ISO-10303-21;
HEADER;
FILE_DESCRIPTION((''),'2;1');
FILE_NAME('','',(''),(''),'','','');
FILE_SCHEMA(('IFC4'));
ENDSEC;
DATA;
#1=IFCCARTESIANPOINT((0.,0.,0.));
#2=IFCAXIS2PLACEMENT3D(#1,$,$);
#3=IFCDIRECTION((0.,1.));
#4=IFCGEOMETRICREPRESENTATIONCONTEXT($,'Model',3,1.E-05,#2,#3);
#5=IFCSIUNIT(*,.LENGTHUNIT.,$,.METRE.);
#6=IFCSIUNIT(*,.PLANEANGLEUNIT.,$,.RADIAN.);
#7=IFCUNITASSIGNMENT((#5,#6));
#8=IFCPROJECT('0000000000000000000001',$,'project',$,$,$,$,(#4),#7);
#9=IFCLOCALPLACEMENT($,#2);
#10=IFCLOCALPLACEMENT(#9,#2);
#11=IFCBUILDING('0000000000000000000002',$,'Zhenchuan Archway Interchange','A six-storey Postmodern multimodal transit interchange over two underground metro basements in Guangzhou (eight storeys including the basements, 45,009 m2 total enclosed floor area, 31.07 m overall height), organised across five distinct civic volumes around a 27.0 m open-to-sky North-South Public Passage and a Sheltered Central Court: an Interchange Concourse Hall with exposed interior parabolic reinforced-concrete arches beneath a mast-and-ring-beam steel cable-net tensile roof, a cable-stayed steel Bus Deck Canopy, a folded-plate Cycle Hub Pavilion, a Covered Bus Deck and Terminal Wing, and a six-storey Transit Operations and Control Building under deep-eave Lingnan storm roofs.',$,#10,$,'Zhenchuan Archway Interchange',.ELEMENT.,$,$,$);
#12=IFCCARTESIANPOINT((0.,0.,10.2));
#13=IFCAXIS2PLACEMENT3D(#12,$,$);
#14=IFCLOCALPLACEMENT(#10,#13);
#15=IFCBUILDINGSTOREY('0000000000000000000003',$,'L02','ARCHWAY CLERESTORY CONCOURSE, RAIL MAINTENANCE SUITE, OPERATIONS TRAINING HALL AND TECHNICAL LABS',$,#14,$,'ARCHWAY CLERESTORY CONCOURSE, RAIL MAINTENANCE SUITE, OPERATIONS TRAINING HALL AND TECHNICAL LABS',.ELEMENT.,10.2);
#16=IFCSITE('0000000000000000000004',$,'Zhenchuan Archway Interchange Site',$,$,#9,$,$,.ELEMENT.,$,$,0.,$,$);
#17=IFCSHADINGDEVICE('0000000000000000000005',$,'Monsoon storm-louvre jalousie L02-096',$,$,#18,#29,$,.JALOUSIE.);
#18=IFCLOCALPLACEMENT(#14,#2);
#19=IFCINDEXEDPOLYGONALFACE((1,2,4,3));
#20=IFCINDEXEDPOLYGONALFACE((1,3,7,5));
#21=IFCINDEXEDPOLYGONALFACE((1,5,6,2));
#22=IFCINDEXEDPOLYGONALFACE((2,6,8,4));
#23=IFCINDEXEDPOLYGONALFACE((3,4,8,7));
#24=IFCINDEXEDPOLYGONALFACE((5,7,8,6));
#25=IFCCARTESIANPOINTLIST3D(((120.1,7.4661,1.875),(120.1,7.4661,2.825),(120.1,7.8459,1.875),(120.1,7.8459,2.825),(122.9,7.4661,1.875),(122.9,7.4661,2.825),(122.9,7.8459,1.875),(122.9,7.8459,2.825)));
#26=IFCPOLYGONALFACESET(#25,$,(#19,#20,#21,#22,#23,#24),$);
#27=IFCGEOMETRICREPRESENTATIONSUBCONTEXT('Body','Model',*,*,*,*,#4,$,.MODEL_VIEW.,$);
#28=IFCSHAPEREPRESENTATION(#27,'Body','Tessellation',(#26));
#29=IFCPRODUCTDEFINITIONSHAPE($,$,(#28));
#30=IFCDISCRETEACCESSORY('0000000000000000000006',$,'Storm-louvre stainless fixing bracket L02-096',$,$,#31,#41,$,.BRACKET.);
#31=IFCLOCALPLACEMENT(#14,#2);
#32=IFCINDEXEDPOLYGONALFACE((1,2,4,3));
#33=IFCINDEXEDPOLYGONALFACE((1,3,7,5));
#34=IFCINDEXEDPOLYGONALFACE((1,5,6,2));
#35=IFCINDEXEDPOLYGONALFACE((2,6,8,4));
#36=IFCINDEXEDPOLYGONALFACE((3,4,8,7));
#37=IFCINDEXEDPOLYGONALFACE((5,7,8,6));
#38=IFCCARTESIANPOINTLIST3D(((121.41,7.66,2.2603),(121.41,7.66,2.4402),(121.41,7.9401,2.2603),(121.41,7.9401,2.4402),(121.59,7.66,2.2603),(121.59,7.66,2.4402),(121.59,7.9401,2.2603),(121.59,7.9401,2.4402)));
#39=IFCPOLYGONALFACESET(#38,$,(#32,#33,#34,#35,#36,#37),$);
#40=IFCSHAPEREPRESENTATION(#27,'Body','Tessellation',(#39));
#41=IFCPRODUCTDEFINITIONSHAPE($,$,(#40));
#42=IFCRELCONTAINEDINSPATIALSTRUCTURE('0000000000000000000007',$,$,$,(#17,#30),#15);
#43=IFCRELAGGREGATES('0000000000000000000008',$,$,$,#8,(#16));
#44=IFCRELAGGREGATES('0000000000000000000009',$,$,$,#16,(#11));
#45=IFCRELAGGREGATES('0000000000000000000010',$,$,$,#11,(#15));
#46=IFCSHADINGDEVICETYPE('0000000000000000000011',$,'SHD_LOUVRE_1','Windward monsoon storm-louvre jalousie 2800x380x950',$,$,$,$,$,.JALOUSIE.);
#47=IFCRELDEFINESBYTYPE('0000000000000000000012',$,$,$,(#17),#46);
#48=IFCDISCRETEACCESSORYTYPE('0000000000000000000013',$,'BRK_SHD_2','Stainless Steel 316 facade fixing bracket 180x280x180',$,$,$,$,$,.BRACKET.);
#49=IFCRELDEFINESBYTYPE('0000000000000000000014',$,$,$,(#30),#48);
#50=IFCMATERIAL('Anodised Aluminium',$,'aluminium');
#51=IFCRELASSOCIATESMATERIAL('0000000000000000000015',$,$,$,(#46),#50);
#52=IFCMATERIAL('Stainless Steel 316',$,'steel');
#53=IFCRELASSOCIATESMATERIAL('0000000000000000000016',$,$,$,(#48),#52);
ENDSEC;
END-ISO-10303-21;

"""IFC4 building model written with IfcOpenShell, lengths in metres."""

from ifc_helpers import new_model, si_unit, direction, frame, origin, origin_2d, place, context, subcontext, project, spatial, rectangle, extrude, material, type_object, element, save


model = new_model("IFC4")

# Units and contexts
model_context = context("Model", 3, precision=1e-05, world=origin(), true_north=direction((0.0, 1.0)))
body_context = subcontext(model_context, "Body", "Model", "MODEL_VIEW")
ifc_project = project(units=[si_unit("LENGTHUNIT", "METRE"), si_unit("PLANEANGLEUNIT", "RADIAN")], contexts=[model_context])

# Site, building, storey
site_placement = place(None, origin())
site = spatial("IfcSite", under=ifc_project, at=site_placement, Name="Zhenchuan Archway Interchange Site", CompositionType="ELEMENT", RefElevation=0.0)
building_placement = place(site_placement, origin())
building = spatial("IfcBuilding", under=site, at=building_placement, Name="Zhenchuan Archway Interchange", Description="A six-storey Postmodern multimodal transit interchange over two underground metro basements in Guangzhou (eight storeys including the basements, 45,009 m2 total enclosed floor area, 31.07 m overall height), organised across five distinct civic volumes around a 27.0 m open-to-sky North-South Public Passage and a Sheltered Central Court: an Interchange Concourse Hall with exposed interior parabolic reinforced-concrete arches beneath a mast-and-ring-beam steel cable-net tensile roof, a cable-stayed steel Bus Deck Canopy, a folded-plate Cycle Hub Pavilion, a Covered Bus Deck and Terminal Wing, and a six-storey Transit Operations and Control Building under deep-eave Lingnan storm roofs.", LongName="Zhenchuan Archway Interchange", CompositionType="ELEMENT")
storey_placement = place(building_placement, frame((0.0, 0.0, 10.2)))
storey = spatial("IfcBuildingStorey", under=building, at=storey_placement, Name="L02", Description="ARCHWAY CLERESTORY CONCOURSE, RAIL MAINTENANCE SUITE, OPERATIONS TRAINING HALL AND TECHNICAL LABS", LongName="ARCHWAY CLERESTORY CONCOURSE, RAIL MAINTENANCE SUITE, OPERATIONS TRAINING HALL AND TECHNICAL LABS", CompositionType="ELEMENT", Elevation=10.2)

# Shared definitions
ifc_material_1 = material(Name="Anodised Aluminium", Category="aluminium")

# Shading device
shading_device_type = type_object("IfcShadingDeviceType", Name="SHD_LOUVRE_1", Description="Windward monsoon storm-louvre jalousie 2800x380x950", PredefinedType="JALOUSIE", material=ifc_material_1)
shading_device_placement = place(storey_placement, frame((121.5, 7.656, 1.875), z_axis=(0.0, 0.0, 1.0), x_axis=(-1.0, 0.0, 0.0)))
element("IfcShadingDevice", 1, at=shading_device_placement, inside=storey, type_object=shading_device_type, Name="Monsoon storm-louvre jalousie L02-096", PredefinedType="JALOUSIE", context=body_context, shape_type="SweptSolid", body=[
    extrude(rectangle(XDim=2.8, YDim=0.3799, at=origin_2d()), origin(), (0.0, 0.0, 1.0), 0.95),
])

# Discrete accessory
ifc_material_2 = material(Name="Stainless Steel 316", Category="steel")
discrete_accessory_type = type_object("IfcDiscreteAccessoryType", Name="BRK_SHD_2", Description="Stainless Steel 316 facade fixing bracket 180x280x180", PredefinedType="BRACKET", material=ifc_material_2)
discrete_accessory_placement = place(storey_placement, frame((121.5, 7.8, 2.2603), z_axis=(0.0, 0.0, 1.0), x_axis=(-1.0, 0.0, 0.0)))
element("IfcDiscreteAccessory", 2, at=discrete_accessory_placement, inside=storey, type_object=discrete_accessory_type, Name="Storm-louvre stainless fixing bracket L02-096", PredefinedType="BRACKET", context=body_context, shape_type="SweptSolid", body=[
    extrude(rectangle(XDim=0.1799, YDim=0.28, at=origin_2d()), origin(), (0.0, 0.0, 1.0), 0.1799),
])

save(model, "model.ifc")
